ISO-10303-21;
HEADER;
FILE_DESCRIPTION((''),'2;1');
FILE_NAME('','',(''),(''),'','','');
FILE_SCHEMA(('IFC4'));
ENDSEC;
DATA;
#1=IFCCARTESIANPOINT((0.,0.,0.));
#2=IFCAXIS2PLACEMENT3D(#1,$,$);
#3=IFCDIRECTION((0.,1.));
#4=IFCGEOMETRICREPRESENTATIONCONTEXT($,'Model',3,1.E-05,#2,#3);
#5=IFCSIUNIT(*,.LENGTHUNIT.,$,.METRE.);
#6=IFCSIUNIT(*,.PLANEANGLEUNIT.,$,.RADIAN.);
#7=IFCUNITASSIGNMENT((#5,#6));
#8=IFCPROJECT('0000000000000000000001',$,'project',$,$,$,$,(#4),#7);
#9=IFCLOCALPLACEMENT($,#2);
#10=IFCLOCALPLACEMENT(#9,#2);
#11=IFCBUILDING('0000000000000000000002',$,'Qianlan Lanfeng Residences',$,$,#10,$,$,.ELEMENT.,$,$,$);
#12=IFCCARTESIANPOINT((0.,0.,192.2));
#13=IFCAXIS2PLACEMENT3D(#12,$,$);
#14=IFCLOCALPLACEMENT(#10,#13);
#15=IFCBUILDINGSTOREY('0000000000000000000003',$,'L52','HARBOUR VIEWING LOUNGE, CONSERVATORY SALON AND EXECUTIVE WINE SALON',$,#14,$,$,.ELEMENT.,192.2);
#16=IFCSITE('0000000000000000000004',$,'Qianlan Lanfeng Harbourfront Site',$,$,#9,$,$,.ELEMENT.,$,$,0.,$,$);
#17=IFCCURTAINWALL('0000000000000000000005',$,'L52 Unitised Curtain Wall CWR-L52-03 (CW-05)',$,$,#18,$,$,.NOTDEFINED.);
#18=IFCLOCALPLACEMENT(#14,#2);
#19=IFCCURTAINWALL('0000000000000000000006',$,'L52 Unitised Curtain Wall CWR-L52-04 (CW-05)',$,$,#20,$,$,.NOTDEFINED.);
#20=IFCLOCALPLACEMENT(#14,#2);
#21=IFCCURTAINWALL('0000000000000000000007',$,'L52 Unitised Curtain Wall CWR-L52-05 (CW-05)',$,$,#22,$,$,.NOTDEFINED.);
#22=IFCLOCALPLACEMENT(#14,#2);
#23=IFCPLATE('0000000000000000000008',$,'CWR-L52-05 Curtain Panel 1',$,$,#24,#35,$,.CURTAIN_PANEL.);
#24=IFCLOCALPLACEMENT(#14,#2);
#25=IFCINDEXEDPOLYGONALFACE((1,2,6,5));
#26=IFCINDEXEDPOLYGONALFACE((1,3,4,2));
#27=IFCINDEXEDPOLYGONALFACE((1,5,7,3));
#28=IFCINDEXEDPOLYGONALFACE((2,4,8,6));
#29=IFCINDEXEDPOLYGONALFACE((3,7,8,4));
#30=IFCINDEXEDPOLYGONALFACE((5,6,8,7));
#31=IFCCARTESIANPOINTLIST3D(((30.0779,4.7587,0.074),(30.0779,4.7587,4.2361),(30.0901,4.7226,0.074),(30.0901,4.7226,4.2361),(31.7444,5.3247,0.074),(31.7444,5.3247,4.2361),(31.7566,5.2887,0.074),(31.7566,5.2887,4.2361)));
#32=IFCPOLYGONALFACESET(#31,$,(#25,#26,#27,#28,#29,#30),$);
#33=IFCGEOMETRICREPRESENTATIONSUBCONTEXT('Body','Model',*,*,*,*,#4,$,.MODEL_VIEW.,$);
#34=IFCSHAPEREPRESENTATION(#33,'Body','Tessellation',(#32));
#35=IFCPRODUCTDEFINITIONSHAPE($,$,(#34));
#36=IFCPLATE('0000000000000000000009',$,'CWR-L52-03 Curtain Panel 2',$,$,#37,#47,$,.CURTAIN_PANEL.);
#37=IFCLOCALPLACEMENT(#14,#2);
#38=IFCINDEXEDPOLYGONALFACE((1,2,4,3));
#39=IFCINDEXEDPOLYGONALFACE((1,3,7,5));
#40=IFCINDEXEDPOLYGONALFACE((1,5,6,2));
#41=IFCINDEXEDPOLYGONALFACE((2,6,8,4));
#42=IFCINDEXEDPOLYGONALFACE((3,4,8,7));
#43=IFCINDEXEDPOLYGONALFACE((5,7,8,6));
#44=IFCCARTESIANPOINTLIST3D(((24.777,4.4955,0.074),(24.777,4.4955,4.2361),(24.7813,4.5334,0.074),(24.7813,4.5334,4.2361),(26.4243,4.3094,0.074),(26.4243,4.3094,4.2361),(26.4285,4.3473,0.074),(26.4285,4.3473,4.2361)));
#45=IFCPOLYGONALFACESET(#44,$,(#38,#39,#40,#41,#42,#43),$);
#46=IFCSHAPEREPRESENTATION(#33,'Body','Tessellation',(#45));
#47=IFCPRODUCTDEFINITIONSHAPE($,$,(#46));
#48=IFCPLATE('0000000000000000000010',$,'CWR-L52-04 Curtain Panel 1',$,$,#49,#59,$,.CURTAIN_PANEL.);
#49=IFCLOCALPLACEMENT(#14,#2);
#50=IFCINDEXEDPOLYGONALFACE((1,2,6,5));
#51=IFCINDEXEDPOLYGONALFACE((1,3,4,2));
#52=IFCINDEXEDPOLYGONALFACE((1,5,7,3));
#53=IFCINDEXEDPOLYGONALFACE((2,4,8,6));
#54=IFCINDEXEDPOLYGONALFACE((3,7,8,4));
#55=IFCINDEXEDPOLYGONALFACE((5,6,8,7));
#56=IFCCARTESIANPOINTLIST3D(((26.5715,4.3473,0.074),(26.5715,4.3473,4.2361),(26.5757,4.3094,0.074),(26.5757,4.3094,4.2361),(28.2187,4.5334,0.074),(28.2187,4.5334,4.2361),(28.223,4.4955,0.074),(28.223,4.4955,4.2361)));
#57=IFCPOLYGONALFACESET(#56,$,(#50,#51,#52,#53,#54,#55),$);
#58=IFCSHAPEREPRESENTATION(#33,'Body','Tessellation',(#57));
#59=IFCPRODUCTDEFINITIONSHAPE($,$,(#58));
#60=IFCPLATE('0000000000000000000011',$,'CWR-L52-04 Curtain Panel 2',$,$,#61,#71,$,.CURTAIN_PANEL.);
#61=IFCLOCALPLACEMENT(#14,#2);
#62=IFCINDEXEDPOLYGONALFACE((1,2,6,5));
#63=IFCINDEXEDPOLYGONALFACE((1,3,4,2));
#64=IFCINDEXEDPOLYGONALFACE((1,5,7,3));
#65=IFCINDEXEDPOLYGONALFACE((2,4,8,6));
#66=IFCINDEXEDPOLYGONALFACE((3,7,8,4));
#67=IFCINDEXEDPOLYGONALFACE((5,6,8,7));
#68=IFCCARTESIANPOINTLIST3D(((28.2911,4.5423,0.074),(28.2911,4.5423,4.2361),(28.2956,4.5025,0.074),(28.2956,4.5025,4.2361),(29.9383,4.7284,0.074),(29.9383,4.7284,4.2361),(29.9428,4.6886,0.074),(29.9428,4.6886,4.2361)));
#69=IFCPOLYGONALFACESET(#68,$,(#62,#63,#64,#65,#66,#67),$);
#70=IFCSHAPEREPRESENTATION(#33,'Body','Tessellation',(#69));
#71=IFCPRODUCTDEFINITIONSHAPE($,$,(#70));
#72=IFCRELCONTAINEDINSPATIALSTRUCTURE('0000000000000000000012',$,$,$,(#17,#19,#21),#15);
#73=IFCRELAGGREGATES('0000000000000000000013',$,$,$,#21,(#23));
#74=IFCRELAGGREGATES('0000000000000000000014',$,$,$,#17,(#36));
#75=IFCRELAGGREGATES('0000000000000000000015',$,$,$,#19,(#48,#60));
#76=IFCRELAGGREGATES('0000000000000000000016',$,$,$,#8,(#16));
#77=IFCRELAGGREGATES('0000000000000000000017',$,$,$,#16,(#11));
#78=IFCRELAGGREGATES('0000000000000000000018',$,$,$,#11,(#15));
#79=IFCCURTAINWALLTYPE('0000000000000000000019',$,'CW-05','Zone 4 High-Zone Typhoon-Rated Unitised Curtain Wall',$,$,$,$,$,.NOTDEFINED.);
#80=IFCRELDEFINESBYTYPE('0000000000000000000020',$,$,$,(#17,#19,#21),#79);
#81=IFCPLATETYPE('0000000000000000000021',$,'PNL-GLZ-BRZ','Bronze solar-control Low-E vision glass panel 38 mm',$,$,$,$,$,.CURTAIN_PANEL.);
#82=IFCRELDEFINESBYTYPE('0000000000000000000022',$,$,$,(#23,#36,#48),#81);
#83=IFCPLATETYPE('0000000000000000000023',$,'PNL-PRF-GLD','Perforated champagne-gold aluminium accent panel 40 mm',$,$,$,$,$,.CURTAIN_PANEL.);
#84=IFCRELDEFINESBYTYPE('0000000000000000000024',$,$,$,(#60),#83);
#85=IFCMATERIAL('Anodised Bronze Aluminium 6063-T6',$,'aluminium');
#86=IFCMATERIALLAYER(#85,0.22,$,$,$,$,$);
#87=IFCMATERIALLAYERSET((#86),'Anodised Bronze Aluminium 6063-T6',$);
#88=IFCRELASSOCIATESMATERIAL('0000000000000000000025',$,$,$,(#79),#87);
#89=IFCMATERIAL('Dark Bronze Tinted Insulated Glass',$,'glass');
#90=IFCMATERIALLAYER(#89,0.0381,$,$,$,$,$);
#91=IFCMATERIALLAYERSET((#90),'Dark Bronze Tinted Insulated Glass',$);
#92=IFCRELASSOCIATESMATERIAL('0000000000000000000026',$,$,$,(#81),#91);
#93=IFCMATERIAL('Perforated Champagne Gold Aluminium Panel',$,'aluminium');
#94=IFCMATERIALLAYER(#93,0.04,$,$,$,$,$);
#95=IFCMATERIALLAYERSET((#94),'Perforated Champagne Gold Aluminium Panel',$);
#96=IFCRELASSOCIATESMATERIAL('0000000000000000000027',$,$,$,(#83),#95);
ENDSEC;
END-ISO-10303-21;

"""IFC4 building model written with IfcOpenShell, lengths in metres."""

from ifc_helpers import new_model, si_unit, direction, frame, origin, origin_2d, place, context, subcontext, project, spatial, rectangle, extrude, source, transform, mapped, material, layer, layer_set, type_object, element, aggregate, save


model = new_model("IFC4")

# Units and contexts
model_context = context("Model", 3, precision=1e-05, world=origin(), true_north=direction((0.0, 1.0)))
body_context = subcontext(model_context, "Body", "Model", "MODEL_VIEW")
ifc_project = project(units=[si_unit("LENGTHUNIT", "METRE"), si_unit("PLANEANGLEUNIT", "RADIAN")], contexts=[model_context])

# Site, building, storey
site_placement = place(None, origin())
site = spatial("IfcSite", under=ifc_project, at=site_placement, Name="Qianlan Lanfeng Harbourfront Site", CompositionType="ELEMENT", RefElevation=0.0)
building_placement = place(site_placement, origin())
building = spatial("IfcBuilding", under=site, at=building_placement, Name="Qianlan Lanfeng Residences", CompositionType="ELEMENT")
storey_placement = place(building_placement, frame((0.0, 0.0, 192.2)))
storey = spatial("IfcBuildingStorey", under=building, at=storey_placement, Name="L52", Description="HARBOUR VIEWING LOUNGE, CONSERVATORY SALON AND EXECUTIVE WINE SALON", CompositionType="ELEMENT", Elevation=192.2)

# Curtain walls
ifc_material_1 = material(Name="Anodised Bronze Aluminium 6063-T6", Category="aluminium")
ifc_layer_1 = layer(ifc_material_1, 0.22)
ifc_layer_set_1 = layer_set([ifc_layer_1], Name="Anodised Bronze Aluminium 6063-T6")
curtain_wall_type = type_object("IfcCurtainWallType", Name="CW-05", Description="Zone 4 High-Zone Typhoon-Rated Unitised Curtain Wall", PredefinedType="NOTDEFINED", material=ifc_layer_set_1)
curtain_wall_1_placement = place(storey_placement, origin())
curtain_wall_1 = element("IfcCurtainWall", 1, at=curtain_wall_1_placement, inside=storey, type_object=curtain_wall_type, Name="L52 Unitised Curtain Wall CWR-L52-03 (CW-05)", PredefinedType="NOTDEFINED")
curtain_wall_2_placement = place(storey_placement, origin())
curtain_wall_2 = element("IfcCurtainWall", 2, at=curtain_wall_2_placement, inside=storey, type_object=curtain_wall_type, Name="L52 Unitised Curtain Wall CWR-L52-04 (CW-05)", PredefinedType="NOTDEFINED")
curtain_wall_3_placement = place(storey_placement, origin())
curtain_wall_3 = element("IfcCurtainWall", 3, at=curtain_wall_3_placement, inside=storey, type_object=curtain_wall_type, Name="L52 Unitised Curtain Wall CWR-L52-05 (CW-05)", PredefinedType="NOTDEFINED")

# Plates
ifc_material_2 = material(Name="Dark Bronze Tinted Insulated Glass", Category="glass")
ifc_layer_2 = layer(ifc_material_2, 0.0381)
ifc_layer_set_2 = layer_set([ifc_layer_2], Name="Dark Bronze Tinted Insulated Glass")
plate_type_1 = type_object("IfcPlateType", Name="PNL-GLZ-BRZ", Description="Bronze solar-control Low-E vision glass panel 38 mm", PredefinedType="CURTAIN_PANEL", material=ifc_layer_set_2)
shared_shape_1 = source(origin(), body_context, "Body", "SweptSolid", [
    extrude(rectangle(XDim=1.76, YDim=0.0381, at=origin_2d()), origin(), (0.0, 0.0, 1.0), 4.1621),
])
plate_1_placement = place(storey_placement, frame((30.9172, 5.0237, 0.074), z_axis=(0.0, 0.0, 1.0), x_axis=(0.946877, 0.321596, 0.0)))
plate_1 = element("IfcPlate", 4, at=plate_1_placement, type_object=plate_type_1, Name="CWR-L52-05 Curtain Panel 1", PredefinedType="CURTAIN_PANEL", context=body_context, shape_type="MappedRepresentation", body=[
    mapped(shared_shape_1, transform((0.0, 0.0, 0.0), scale=1.0)),
])
aggregate(curtain_wall_3, [plate_1])
shared_shape_2 = source(origin(), body_context, "Body", "SweptSolid", [
    extrude(rectangle(XDim=1.6577, YDim=0.0381, at=origin_2d()), origin(), (0.0, 0.0, 1.0), 4.1621),
])
plate_2_placement = place(storey_placement, frame((25.6028, 4.4214, 0.074), z_axis=(0.0, 0.0, 1.0), x_axis=(0.993678, -0.112263, 0.0)))
plate_2 = element("IfcPlate", 5, at=plate_2_placement, type_object=plate_type_1, Name="CWR-L52-03 Curtain Panel 2", PredefinedType="CURTAIN_PANEL", context=body_context, shape_type="MappedRepresentation", body=[
    mapped(shared_shape_2, transform((0.0, 0.0, 0.0), scale=1.0)),
])
aggregate(curtain_wall_1, [plate_2])
plate_3_placement = place(storey_placement, frame((27.3972, 4.4214, 0.074), z_axis=(0.0, 0.0, 1.0), x_axis=(0.993678, 0.112263, 0.0)))
plate_3 = element("IfcPlate", 6, at=plate_3_placement, type_object=plate_type_1, Name="CWR-L52-04 Curtain Panel 1", PredefinedType="CURTAIN_PANEL", context=body_context, shape_type="MappedRepresentation", body=[
    mapped(shared_shape_2, transform((0.0, 0.0, 0.0), scale=1.0)),
])
ifc_material_3 = material(Name="Perforated Champagne Gold Aluminium Panel", Category="aluminium")
ifc_layer_3 = layer(ifc_material_3, 0.04)
ifc_layer_set_3 = layer_set([ifc_layer_3], Name="Perforated Champagne Gold Aluminium Panel")
plate_type_2 = type_object("IfcPlateType", Name="PNL-PRF-GLD", Description="Perforated champagne-gold aluminium accent panel 40 mm", PredefinedType="CURTAIN_PANEL", material=ifc_layer_set_3)
shared_shape_3 = source(origin(), body_context, "Body", "SweptSolid", [
    extrude(rectangle(XDim=1.6577, YDim=0.04, at=origin_2d()), origin(), (0.0, 0.0, 1.0), 4.1621),
])
plate_4_placement = place(storey_placement, frame((29.1169, 4.6155, 0.074), z_axis=(0.0, 0.0, 1.0), x_axis=(0.993678, 0.112263, 0.0)))
plate_4 = element("IfcPlate", 7, at=plate_4_placement, type_object=plate_type_2, Name="CWR-L52-04 Curtain Panel 2", PredefinedType="CURTAIN_PANEL", context=body_context, shape_type="MappedRepresentation", body=[
    mapped(shared_shape_3, transform((0.0, 0.0, 0.0), scale=1.0)),
])
aggregate(curtain_wall_2, [plate_3, plate_4])

save(model, "model.ifc")
